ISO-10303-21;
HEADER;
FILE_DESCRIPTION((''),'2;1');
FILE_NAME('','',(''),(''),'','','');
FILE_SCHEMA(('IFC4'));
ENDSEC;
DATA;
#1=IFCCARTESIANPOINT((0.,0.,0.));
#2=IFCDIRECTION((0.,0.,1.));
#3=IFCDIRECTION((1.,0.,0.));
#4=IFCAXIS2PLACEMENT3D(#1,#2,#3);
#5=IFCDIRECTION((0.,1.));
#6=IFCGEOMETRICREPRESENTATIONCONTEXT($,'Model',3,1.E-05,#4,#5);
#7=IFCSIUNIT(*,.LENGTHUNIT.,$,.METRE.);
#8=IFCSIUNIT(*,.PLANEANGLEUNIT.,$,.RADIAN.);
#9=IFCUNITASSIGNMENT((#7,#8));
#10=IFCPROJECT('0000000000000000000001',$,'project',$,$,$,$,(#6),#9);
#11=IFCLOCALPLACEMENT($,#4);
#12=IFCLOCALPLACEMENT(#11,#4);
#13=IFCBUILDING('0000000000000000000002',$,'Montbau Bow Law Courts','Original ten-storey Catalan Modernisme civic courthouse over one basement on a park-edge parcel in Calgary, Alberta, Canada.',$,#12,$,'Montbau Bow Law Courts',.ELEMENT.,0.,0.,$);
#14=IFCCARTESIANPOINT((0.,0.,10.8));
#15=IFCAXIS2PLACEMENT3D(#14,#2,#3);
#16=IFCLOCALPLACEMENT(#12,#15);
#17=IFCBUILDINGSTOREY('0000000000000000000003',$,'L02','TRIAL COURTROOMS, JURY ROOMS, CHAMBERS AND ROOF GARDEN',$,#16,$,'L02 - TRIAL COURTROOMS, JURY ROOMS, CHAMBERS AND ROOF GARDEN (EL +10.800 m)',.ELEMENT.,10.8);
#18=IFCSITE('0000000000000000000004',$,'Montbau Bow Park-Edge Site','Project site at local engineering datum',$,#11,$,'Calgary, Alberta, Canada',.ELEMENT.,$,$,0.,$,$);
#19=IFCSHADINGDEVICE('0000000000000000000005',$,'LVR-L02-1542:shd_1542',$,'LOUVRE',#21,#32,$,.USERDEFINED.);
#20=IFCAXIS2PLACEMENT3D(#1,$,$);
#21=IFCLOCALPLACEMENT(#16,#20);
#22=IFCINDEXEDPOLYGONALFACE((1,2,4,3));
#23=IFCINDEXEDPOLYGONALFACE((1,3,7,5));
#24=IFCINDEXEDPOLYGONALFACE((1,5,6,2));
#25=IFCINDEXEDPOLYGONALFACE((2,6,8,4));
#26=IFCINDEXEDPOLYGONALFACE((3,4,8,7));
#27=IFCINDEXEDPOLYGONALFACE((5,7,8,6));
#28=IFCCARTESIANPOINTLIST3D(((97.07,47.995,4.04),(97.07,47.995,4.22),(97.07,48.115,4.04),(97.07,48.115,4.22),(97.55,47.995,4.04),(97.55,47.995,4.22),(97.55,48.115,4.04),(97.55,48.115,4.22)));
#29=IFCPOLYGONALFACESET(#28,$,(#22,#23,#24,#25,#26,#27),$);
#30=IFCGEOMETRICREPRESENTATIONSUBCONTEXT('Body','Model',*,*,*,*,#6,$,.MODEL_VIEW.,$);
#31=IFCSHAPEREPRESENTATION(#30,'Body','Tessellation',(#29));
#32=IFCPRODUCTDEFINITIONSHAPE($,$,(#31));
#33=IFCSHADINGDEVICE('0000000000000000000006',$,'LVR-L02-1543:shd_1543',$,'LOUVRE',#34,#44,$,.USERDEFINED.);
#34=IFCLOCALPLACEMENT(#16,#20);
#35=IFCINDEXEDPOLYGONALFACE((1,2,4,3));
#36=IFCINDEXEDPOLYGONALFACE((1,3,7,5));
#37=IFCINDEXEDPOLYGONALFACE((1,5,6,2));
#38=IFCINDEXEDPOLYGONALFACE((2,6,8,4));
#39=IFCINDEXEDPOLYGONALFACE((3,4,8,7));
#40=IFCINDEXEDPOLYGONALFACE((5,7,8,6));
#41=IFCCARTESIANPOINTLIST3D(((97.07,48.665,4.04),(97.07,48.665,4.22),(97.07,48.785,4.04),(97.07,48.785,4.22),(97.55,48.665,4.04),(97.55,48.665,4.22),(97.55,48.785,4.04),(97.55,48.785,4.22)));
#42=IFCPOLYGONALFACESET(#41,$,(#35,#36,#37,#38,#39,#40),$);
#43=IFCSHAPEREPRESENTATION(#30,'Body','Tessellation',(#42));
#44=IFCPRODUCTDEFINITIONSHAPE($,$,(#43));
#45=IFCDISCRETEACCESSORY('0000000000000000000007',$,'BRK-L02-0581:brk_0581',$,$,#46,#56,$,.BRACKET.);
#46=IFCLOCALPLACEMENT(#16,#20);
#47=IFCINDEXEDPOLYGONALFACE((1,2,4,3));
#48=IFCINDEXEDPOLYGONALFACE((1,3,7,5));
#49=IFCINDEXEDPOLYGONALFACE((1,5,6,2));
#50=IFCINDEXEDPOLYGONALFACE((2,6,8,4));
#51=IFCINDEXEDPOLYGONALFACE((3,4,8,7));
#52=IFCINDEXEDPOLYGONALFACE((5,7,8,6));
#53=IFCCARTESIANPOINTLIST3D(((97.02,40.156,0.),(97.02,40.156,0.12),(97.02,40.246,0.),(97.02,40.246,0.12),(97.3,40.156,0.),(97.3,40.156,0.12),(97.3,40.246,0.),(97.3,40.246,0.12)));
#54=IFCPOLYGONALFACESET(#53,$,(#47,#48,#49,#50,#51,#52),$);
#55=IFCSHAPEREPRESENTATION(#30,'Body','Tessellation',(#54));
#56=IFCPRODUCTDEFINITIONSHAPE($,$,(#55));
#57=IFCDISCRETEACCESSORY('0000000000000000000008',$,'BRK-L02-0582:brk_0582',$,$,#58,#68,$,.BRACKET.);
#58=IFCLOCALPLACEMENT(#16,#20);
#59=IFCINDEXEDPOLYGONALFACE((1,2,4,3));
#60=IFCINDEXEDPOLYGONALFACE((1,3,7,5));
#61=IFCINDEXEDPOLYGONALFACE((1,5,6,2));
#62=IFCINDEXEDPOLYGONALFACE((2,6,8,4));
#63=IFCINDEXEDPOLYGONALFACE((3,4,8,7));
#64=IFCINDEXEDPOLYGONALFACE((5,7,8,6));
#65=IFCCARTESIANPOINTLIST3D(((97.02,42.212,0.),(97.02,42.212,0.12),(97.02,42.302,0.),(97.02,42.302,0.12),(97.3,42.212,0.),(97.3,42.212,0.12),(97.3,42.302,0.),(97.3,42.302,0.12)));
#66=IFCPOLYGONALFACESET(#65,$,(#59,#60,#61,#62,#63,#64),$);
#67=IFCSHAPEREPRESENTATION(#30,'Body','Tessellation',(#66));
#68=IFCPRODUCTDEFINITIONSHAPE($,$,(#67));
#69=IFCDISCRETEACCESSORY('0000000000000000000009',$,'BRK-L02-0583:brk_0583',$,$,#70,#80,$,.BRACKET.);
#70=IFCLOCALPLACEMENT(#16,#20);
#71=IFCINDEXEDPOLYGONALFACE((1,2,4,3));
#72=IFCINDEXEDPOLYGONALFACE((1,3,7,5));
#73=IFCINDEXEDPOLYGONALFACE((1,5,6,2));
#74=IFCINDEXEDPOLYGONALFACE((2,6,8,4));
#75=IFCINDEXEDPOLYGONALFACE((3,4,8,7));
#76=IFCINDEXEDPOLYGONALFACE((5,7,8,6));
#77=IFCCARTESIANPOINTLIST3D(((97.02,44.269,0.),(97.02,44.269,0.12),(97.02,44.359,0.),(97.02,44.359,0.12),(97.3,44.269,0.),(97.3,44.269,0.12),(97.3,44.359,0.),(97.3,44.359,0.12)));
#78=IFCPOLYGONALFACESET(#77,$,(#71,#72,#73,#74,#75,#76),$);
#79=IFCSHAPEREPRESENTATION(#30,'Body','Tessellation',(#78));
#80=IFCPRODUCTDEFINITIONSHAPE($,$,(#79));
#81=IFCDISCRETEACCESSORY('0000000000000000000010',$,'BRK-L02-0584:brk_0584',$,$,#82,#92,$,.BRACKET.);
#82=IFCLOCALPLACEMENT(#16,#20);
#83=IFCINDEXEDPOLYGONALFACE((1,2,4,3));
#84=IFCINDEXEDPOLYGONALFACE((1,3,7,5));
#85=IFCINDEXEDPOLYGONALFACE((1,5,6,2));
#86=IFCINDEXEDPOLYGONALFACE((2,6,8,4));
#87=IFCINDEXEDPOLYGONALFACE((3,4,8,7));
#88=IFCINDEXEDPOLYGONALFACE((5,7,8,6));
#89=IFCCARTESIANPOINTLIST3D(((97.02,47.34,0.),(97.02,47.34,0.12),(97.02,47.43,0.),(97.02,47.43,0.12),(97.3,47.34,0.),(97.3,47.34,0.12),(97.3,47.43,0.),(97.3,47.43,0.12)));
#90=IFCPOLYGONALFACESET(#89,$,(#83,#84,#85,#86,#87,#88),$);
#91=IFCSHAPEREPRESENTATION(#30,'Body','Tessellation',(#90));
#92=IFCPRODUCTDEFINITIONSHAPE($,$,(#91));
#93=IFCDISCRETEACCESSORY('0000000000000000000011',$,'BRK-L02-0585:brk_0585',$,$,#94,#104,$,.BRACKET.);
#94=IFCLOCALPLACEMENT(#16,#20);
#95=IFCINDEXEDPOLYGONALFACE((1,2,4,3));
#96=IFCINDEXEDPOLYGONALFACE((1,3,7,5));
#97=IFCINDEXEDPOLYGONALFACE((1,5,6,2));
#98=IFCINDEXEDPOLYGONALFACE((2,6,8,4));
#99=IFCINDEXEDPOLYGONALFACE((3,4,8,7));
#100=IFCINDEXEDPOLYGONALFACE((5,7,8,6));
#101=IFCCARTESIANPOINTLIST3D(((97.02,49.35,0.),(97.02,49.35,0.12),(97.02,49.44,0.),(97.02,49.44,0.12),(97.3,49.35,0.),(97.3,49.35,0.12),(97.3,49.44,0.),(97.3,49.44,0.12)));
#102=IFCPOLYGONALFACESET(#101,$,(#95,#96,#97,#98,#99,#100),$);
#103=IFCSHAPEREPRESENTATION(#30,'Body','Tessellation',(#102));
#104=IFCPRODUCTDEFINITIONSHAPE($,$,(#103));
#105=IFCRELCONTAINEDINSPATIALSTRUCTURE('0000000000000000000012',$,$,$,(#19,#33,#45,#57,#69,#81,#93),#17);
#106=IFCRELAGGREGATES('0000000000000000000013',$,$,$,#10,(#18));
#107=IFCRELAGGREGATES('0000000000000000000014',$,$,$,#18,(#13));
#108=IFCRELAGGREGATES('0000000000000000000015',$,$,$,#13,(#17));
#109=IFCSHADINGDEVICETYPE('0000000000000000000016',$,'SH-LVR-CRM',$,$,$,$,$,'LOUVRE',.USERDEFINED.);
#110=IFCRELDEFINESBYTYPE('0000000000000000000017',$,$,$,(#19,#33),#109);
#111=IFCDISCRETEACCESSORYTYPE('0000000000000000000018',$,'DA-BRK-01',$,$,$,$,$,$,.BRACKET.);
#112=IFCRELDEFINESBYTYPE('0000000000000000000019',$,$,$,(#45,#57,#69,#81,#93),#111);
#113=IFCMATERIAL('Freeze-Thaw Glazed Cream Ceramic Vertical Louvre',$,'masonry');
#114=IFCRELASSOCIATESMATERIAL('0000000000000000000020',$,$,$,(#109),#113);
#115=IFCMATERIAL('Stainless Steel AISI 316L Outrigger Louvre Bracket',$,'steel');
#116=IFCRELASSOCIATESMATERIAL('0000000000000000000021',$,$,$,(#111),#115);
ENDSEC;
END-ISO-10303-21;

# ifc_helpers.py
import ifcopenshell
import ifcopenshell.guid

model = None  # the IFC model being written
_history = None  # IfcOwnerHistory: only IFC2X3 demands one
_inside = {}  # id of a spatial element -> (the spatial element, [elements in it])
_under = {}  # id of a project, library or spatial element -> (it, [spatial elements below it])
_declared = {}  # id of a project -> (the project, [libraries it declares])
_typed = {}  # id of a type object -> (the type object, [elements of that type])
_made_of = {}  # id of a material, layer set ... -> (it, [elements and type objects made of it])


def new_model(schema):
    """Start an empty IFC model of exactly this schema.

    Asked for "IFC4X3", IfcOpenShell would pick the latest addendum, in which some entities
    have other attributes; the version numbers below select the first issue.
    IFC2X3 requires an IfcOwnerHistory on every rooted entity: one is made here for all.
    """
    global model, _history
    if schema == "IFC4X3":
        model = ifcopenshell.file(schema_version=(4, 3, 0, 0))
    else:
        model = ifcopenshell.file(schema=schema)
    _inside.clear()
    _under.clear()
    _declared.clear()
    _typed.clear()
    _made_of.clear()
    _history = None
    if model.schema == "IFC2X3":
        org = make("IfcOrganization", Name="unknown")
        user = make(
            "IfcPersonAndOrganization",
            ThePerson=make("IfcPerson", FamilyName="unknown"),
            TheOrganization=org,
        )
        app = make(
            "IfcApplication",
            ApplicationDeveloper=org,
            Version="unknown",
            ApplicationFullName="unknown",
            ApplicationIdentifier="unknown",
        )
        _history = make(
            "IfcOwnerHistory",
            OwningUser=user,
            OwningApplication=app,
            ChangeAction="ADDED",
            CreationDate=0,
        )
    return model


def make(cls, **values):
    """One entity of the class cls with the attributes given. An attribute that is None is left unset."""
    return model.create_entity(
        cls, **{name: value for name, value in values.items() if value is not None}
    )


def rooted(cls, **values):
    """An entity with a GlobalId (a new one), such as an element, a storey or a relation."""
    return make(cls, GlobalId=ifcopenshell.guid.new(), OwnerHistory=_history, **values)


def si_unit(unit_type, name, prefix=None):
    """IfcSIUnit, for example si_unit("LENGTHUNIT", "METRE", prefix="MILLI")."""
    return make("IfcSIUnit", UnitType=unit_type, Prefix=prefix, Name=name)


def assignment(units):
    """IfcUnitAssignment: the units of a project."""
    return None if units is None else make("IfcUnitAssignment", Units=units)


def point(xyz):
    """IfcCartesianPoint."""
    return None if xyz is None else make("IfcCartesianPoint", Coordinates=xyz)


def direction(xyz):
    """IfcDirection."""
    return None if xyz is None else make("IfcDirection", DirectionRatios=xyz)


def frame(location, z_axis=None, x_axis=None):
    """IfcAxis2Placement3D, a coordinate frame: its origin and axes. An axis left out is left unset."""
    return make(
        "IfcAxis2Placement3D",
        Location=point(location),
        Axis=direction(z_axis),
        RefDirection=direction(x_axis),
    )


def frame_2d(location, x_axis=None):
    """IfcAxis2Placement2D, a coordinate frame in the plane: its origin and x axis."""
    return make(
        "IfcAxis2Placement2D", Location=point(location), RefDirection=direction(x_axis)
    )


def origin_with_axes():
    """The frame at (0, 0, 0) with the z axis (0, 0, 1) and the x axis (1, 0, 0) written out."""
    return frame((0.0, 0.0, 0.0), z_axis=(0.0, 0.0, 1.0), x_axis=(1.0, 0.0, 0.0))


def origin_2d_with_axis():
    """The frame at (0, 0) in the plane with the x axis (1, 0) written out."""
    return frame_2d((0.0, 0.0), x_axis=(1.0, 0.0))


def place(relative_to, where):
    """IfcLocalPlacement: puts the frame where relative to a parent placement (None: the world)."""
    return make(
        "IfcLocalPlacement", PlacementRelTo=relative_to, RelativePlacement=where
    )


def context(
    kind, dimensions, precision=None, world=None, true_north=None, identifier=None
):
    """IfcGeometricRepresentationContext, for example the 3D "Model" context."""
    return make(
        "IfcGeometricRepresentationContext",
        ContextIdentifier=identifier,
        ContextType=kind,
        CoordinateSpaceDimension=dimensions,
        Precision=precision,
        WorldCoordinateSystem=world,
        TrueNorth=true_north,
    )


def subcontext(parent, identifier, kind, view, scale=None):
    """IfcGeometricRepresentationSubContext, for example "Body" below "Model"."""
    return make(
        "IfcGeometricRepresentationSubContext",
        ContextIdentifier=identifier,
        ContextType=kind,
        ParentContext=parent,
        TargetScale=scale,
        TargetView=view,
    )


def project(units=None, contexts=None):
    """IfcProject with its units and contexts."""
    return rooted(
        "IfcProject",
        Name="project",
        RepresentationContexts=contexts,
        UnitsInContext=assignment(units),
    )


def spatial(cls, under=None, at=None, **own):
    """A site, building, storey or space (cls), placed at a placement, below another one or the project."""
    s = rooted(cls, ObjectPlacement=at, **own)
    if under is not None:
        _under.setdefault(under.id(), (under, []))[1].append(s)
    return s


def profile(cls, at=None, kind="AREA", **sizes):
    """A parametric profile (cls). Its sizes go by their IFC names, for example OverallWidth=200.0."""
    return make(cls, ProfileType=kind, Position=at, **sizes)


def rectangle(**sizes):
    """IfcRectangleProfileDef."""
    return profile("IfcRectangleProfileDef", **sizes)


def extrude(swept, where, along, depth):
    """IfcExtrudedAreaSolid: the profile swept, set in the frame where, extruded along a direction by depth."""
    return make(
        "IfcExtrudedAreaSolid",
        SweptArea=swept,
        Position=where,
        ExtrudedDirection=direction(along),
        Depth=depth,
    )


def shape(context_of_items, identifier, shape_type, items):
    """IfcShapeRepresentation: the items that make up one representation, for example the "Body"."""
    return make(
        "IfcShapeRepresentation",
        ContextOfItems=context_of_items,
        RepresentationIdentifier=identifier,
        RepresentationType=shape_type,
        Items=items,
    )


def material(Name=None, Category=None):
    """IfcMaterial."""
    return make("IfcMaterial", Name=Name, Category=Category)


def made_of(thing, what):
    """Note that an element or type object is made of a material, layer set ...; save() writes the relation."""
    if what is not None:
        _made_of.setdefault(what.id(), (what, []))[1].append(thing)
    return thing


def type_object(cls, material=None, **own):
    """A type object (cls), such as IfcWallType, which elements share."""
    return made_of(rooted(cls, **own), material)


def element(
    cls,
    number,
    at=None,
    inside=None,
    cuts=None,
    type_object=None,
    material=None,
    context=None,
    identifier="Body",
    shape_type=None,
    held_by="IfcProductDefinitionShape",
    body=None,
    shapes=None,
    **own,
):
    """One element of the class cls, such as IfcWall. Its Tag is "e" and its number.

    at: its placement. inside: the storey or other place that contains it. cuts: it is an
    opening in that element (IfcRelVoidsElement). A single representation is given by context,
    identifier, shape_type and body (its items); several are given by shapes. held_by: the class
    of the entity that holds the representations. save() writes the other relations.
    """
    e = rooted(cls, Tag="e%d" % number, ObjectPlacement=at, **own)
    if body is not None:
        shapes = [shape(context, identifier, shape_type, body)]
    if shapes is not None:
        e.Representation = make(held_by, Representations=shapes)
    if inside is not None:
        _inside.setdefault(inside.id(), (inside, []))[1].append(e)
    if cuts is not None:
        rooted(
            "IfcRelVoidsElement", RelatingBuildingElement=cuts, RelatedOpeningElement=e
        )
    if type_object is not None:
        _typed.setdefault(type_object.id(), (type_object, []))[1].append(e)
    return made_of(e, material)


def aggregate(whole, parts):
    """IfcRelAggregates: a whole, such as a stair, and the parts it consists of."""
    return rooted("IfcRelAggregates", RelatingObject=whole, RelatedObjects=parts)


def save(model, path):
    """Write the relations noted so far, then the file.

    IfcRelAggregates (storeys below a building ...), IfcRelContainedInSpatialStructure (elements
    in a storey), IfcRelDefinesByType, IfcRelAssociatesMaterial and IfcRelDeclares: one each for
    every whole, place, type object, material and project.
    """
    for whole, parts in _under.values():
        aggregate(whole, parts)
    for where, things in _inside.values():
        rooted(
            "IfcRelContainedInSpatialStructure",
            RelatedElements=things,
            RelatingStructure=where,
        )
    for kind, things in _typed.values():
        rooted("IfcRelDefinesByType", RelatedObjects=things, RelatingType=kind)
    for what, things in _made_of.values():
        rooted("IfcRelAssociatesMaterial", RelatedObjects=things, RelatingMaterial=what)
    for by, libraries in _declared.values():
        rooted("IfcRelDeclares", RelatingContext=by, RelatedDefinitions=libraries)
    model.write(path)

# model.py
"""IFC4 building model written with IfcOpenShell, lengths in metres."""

from ifc_helpers import new_model, si_unit, direction, frame, origin_with_axes, origin_2d_with_axis, place, context, subcontext, project, spatial, rectangle, extrude, material, type_object, element, save


model = new_model("IFC4")

# Units and contexts
model_context = context("Model", 3, precision=1e-05, world=origin_with_axes(), true_north=direction((0.0, 1.0)))
body_context = subcontext(model_context, "Body", "Model", "MODEL_VIEW")
ifc_project = project(units=[si_unit("LENGTHUNIT", "METRE"), si_unit("PLANEANGLEUNIT", "RADIAN")], contexts=[model_context])

# Site, building, storey
site_placement = place(None, origin_with_axes())
site = spatial("IfcSite", under=ifc_project, at=site_placement, Name="Montbau Bow Park-Edge Site", Description="Project site at local engineering datum", LongName="Calgary, Alberta, Canada", CompositionType="ELEMENT", RefElevation=0.0)
building_placement = place(site_placement, origin_with_axes())
building = spatial("IfcBuilding", under=site, at=building_placement, Name="Montbau Bow Law Courts", Description="Original ten-storey Catalan Modernisme civic courthouse over one basement on a park-edge parcel in Calgary, Alberta, Canada.", LongName="Montbau Bow Law Courts", CompositionType="ELEMENT", ElevationOfRefHeight=0.0, ElevationOfTerrain=0.0)
storey_placement = place(building_placement, frame((0.0, 0.0, 10.8), z_axis=(0.0, 0.0, 1.0), x_axis=(1.0, 0.0, 0.0)))
storey = spatial("IfcBuildingStorey", under=building, at=storey_placement, Name="L02", Description="TRIAL COURTROOMS, JURY ROOMS, CHAMBERS AND ROOF GARDEN", LongName="L02 - TRIAL COURTROOMS, JURY ROOMS, CHAMBERS AND ROOF GARDEN (EL +10.800 m)", CompositionType="ELEMENT", Elevation=10.8)

# Shading devices
ifc_material_1 = material(Name="Freeze-Thaw Glazed Cream Ceramic Vertical Louvre", Category="masonry")
shading_device_type = type_object("IfcShadingDeviceType", Name="SH-LVR-CRM", ElementType="LOUVRE", PredefinedType="USERDEFINED", material=ifc_material_1)
for number, where, z_axis, x_axis, name in (
    (1, (97.31, 48.055, 14.84), (0.0, 0.0, 1.0), (1.0, 0.0, 0.0), "LVR-L02-1542:shd_1542"),
    (2, (97.31, 48.725, 14.84), (0.0, 0.0, 1.0), (1.0, 0.0, 0.0), "LVR-L02-1543:shd_1543"),
):
    element("IfcShadingDevice", number, at=place(None, frame(where, z_axis=z_axis, x_axis=x_axis)), inside=storey, type_object=shading_device_type, Name=name, ObjectType="LOUVRE", PredefinedType="USERDEFINED", context=body_context, shape_type="SweptSolid", body=[
        extrude(rectangle(XDim=0.48, YDim=0.12, at=origin_2d_with_axis()), origin_with_axes(), (0.0, 0.0, 1.0), 0.18),
    ])

# Discrete accessories
ifc_material_2 = material(Name="Stainless Steel AISI 316L Outrigger Louvre Bracket", Category="steel")
discrete_accessory_type = type_object("IfcDiscreteAccessoryType", Name="DA-BRK-01", PredefinedType="BRACKET", material=ifc_material_2)
for number, where, z_axis, x_axis, name in (
    (3, (97.16, 40.201, 10.8), (0.0, 0.0, 1.0), (1.0, 0.0, 0.0), "BRK-L02-0581:brk_0581"),
    (4, (97.16, 42.257, 10.8), (0.0, 0.0, 1.0), (1.0, 0.0, 0.0), "BRK-L02-0582:brk_0582"),
    (5, (97.16, 44.314, 10.8), (0.0, 0.0, 1.0), (1.0, 0.0, 0.0), "BRK-L02-0583:brk_0583"),
    (6, (97.16, 47.385, 10.8), (0.0, 0.0, 1.0), (1.0, 0.0, 0.0), "BRK-L02-0584:brk_0584"),
    (7, (97.16, 49.395, 10.8), (0.0, 0.0, 1.0), (1.0, 0.0, 0.0), "BRK-L02-0585:brk_0585"),
):
    element("IfcDiscreteAccessory", number, at=place(None, frame(where, z_axis=z_axis, x_axis=x_axis)), inside=storey, type_object=discrete_accessory_type, Name=name, PredefinedType="BRACKET", context=body_context, shape_type="SweptSolid", body=[
        extrude(rectangle(XDim=0.28, YDim=0.09, at=origin_2d_with_axis()), origin_with_axes(), (0.0, 0.0, 1.0), 0.12),
    ])

save(model, "model.ifc")
